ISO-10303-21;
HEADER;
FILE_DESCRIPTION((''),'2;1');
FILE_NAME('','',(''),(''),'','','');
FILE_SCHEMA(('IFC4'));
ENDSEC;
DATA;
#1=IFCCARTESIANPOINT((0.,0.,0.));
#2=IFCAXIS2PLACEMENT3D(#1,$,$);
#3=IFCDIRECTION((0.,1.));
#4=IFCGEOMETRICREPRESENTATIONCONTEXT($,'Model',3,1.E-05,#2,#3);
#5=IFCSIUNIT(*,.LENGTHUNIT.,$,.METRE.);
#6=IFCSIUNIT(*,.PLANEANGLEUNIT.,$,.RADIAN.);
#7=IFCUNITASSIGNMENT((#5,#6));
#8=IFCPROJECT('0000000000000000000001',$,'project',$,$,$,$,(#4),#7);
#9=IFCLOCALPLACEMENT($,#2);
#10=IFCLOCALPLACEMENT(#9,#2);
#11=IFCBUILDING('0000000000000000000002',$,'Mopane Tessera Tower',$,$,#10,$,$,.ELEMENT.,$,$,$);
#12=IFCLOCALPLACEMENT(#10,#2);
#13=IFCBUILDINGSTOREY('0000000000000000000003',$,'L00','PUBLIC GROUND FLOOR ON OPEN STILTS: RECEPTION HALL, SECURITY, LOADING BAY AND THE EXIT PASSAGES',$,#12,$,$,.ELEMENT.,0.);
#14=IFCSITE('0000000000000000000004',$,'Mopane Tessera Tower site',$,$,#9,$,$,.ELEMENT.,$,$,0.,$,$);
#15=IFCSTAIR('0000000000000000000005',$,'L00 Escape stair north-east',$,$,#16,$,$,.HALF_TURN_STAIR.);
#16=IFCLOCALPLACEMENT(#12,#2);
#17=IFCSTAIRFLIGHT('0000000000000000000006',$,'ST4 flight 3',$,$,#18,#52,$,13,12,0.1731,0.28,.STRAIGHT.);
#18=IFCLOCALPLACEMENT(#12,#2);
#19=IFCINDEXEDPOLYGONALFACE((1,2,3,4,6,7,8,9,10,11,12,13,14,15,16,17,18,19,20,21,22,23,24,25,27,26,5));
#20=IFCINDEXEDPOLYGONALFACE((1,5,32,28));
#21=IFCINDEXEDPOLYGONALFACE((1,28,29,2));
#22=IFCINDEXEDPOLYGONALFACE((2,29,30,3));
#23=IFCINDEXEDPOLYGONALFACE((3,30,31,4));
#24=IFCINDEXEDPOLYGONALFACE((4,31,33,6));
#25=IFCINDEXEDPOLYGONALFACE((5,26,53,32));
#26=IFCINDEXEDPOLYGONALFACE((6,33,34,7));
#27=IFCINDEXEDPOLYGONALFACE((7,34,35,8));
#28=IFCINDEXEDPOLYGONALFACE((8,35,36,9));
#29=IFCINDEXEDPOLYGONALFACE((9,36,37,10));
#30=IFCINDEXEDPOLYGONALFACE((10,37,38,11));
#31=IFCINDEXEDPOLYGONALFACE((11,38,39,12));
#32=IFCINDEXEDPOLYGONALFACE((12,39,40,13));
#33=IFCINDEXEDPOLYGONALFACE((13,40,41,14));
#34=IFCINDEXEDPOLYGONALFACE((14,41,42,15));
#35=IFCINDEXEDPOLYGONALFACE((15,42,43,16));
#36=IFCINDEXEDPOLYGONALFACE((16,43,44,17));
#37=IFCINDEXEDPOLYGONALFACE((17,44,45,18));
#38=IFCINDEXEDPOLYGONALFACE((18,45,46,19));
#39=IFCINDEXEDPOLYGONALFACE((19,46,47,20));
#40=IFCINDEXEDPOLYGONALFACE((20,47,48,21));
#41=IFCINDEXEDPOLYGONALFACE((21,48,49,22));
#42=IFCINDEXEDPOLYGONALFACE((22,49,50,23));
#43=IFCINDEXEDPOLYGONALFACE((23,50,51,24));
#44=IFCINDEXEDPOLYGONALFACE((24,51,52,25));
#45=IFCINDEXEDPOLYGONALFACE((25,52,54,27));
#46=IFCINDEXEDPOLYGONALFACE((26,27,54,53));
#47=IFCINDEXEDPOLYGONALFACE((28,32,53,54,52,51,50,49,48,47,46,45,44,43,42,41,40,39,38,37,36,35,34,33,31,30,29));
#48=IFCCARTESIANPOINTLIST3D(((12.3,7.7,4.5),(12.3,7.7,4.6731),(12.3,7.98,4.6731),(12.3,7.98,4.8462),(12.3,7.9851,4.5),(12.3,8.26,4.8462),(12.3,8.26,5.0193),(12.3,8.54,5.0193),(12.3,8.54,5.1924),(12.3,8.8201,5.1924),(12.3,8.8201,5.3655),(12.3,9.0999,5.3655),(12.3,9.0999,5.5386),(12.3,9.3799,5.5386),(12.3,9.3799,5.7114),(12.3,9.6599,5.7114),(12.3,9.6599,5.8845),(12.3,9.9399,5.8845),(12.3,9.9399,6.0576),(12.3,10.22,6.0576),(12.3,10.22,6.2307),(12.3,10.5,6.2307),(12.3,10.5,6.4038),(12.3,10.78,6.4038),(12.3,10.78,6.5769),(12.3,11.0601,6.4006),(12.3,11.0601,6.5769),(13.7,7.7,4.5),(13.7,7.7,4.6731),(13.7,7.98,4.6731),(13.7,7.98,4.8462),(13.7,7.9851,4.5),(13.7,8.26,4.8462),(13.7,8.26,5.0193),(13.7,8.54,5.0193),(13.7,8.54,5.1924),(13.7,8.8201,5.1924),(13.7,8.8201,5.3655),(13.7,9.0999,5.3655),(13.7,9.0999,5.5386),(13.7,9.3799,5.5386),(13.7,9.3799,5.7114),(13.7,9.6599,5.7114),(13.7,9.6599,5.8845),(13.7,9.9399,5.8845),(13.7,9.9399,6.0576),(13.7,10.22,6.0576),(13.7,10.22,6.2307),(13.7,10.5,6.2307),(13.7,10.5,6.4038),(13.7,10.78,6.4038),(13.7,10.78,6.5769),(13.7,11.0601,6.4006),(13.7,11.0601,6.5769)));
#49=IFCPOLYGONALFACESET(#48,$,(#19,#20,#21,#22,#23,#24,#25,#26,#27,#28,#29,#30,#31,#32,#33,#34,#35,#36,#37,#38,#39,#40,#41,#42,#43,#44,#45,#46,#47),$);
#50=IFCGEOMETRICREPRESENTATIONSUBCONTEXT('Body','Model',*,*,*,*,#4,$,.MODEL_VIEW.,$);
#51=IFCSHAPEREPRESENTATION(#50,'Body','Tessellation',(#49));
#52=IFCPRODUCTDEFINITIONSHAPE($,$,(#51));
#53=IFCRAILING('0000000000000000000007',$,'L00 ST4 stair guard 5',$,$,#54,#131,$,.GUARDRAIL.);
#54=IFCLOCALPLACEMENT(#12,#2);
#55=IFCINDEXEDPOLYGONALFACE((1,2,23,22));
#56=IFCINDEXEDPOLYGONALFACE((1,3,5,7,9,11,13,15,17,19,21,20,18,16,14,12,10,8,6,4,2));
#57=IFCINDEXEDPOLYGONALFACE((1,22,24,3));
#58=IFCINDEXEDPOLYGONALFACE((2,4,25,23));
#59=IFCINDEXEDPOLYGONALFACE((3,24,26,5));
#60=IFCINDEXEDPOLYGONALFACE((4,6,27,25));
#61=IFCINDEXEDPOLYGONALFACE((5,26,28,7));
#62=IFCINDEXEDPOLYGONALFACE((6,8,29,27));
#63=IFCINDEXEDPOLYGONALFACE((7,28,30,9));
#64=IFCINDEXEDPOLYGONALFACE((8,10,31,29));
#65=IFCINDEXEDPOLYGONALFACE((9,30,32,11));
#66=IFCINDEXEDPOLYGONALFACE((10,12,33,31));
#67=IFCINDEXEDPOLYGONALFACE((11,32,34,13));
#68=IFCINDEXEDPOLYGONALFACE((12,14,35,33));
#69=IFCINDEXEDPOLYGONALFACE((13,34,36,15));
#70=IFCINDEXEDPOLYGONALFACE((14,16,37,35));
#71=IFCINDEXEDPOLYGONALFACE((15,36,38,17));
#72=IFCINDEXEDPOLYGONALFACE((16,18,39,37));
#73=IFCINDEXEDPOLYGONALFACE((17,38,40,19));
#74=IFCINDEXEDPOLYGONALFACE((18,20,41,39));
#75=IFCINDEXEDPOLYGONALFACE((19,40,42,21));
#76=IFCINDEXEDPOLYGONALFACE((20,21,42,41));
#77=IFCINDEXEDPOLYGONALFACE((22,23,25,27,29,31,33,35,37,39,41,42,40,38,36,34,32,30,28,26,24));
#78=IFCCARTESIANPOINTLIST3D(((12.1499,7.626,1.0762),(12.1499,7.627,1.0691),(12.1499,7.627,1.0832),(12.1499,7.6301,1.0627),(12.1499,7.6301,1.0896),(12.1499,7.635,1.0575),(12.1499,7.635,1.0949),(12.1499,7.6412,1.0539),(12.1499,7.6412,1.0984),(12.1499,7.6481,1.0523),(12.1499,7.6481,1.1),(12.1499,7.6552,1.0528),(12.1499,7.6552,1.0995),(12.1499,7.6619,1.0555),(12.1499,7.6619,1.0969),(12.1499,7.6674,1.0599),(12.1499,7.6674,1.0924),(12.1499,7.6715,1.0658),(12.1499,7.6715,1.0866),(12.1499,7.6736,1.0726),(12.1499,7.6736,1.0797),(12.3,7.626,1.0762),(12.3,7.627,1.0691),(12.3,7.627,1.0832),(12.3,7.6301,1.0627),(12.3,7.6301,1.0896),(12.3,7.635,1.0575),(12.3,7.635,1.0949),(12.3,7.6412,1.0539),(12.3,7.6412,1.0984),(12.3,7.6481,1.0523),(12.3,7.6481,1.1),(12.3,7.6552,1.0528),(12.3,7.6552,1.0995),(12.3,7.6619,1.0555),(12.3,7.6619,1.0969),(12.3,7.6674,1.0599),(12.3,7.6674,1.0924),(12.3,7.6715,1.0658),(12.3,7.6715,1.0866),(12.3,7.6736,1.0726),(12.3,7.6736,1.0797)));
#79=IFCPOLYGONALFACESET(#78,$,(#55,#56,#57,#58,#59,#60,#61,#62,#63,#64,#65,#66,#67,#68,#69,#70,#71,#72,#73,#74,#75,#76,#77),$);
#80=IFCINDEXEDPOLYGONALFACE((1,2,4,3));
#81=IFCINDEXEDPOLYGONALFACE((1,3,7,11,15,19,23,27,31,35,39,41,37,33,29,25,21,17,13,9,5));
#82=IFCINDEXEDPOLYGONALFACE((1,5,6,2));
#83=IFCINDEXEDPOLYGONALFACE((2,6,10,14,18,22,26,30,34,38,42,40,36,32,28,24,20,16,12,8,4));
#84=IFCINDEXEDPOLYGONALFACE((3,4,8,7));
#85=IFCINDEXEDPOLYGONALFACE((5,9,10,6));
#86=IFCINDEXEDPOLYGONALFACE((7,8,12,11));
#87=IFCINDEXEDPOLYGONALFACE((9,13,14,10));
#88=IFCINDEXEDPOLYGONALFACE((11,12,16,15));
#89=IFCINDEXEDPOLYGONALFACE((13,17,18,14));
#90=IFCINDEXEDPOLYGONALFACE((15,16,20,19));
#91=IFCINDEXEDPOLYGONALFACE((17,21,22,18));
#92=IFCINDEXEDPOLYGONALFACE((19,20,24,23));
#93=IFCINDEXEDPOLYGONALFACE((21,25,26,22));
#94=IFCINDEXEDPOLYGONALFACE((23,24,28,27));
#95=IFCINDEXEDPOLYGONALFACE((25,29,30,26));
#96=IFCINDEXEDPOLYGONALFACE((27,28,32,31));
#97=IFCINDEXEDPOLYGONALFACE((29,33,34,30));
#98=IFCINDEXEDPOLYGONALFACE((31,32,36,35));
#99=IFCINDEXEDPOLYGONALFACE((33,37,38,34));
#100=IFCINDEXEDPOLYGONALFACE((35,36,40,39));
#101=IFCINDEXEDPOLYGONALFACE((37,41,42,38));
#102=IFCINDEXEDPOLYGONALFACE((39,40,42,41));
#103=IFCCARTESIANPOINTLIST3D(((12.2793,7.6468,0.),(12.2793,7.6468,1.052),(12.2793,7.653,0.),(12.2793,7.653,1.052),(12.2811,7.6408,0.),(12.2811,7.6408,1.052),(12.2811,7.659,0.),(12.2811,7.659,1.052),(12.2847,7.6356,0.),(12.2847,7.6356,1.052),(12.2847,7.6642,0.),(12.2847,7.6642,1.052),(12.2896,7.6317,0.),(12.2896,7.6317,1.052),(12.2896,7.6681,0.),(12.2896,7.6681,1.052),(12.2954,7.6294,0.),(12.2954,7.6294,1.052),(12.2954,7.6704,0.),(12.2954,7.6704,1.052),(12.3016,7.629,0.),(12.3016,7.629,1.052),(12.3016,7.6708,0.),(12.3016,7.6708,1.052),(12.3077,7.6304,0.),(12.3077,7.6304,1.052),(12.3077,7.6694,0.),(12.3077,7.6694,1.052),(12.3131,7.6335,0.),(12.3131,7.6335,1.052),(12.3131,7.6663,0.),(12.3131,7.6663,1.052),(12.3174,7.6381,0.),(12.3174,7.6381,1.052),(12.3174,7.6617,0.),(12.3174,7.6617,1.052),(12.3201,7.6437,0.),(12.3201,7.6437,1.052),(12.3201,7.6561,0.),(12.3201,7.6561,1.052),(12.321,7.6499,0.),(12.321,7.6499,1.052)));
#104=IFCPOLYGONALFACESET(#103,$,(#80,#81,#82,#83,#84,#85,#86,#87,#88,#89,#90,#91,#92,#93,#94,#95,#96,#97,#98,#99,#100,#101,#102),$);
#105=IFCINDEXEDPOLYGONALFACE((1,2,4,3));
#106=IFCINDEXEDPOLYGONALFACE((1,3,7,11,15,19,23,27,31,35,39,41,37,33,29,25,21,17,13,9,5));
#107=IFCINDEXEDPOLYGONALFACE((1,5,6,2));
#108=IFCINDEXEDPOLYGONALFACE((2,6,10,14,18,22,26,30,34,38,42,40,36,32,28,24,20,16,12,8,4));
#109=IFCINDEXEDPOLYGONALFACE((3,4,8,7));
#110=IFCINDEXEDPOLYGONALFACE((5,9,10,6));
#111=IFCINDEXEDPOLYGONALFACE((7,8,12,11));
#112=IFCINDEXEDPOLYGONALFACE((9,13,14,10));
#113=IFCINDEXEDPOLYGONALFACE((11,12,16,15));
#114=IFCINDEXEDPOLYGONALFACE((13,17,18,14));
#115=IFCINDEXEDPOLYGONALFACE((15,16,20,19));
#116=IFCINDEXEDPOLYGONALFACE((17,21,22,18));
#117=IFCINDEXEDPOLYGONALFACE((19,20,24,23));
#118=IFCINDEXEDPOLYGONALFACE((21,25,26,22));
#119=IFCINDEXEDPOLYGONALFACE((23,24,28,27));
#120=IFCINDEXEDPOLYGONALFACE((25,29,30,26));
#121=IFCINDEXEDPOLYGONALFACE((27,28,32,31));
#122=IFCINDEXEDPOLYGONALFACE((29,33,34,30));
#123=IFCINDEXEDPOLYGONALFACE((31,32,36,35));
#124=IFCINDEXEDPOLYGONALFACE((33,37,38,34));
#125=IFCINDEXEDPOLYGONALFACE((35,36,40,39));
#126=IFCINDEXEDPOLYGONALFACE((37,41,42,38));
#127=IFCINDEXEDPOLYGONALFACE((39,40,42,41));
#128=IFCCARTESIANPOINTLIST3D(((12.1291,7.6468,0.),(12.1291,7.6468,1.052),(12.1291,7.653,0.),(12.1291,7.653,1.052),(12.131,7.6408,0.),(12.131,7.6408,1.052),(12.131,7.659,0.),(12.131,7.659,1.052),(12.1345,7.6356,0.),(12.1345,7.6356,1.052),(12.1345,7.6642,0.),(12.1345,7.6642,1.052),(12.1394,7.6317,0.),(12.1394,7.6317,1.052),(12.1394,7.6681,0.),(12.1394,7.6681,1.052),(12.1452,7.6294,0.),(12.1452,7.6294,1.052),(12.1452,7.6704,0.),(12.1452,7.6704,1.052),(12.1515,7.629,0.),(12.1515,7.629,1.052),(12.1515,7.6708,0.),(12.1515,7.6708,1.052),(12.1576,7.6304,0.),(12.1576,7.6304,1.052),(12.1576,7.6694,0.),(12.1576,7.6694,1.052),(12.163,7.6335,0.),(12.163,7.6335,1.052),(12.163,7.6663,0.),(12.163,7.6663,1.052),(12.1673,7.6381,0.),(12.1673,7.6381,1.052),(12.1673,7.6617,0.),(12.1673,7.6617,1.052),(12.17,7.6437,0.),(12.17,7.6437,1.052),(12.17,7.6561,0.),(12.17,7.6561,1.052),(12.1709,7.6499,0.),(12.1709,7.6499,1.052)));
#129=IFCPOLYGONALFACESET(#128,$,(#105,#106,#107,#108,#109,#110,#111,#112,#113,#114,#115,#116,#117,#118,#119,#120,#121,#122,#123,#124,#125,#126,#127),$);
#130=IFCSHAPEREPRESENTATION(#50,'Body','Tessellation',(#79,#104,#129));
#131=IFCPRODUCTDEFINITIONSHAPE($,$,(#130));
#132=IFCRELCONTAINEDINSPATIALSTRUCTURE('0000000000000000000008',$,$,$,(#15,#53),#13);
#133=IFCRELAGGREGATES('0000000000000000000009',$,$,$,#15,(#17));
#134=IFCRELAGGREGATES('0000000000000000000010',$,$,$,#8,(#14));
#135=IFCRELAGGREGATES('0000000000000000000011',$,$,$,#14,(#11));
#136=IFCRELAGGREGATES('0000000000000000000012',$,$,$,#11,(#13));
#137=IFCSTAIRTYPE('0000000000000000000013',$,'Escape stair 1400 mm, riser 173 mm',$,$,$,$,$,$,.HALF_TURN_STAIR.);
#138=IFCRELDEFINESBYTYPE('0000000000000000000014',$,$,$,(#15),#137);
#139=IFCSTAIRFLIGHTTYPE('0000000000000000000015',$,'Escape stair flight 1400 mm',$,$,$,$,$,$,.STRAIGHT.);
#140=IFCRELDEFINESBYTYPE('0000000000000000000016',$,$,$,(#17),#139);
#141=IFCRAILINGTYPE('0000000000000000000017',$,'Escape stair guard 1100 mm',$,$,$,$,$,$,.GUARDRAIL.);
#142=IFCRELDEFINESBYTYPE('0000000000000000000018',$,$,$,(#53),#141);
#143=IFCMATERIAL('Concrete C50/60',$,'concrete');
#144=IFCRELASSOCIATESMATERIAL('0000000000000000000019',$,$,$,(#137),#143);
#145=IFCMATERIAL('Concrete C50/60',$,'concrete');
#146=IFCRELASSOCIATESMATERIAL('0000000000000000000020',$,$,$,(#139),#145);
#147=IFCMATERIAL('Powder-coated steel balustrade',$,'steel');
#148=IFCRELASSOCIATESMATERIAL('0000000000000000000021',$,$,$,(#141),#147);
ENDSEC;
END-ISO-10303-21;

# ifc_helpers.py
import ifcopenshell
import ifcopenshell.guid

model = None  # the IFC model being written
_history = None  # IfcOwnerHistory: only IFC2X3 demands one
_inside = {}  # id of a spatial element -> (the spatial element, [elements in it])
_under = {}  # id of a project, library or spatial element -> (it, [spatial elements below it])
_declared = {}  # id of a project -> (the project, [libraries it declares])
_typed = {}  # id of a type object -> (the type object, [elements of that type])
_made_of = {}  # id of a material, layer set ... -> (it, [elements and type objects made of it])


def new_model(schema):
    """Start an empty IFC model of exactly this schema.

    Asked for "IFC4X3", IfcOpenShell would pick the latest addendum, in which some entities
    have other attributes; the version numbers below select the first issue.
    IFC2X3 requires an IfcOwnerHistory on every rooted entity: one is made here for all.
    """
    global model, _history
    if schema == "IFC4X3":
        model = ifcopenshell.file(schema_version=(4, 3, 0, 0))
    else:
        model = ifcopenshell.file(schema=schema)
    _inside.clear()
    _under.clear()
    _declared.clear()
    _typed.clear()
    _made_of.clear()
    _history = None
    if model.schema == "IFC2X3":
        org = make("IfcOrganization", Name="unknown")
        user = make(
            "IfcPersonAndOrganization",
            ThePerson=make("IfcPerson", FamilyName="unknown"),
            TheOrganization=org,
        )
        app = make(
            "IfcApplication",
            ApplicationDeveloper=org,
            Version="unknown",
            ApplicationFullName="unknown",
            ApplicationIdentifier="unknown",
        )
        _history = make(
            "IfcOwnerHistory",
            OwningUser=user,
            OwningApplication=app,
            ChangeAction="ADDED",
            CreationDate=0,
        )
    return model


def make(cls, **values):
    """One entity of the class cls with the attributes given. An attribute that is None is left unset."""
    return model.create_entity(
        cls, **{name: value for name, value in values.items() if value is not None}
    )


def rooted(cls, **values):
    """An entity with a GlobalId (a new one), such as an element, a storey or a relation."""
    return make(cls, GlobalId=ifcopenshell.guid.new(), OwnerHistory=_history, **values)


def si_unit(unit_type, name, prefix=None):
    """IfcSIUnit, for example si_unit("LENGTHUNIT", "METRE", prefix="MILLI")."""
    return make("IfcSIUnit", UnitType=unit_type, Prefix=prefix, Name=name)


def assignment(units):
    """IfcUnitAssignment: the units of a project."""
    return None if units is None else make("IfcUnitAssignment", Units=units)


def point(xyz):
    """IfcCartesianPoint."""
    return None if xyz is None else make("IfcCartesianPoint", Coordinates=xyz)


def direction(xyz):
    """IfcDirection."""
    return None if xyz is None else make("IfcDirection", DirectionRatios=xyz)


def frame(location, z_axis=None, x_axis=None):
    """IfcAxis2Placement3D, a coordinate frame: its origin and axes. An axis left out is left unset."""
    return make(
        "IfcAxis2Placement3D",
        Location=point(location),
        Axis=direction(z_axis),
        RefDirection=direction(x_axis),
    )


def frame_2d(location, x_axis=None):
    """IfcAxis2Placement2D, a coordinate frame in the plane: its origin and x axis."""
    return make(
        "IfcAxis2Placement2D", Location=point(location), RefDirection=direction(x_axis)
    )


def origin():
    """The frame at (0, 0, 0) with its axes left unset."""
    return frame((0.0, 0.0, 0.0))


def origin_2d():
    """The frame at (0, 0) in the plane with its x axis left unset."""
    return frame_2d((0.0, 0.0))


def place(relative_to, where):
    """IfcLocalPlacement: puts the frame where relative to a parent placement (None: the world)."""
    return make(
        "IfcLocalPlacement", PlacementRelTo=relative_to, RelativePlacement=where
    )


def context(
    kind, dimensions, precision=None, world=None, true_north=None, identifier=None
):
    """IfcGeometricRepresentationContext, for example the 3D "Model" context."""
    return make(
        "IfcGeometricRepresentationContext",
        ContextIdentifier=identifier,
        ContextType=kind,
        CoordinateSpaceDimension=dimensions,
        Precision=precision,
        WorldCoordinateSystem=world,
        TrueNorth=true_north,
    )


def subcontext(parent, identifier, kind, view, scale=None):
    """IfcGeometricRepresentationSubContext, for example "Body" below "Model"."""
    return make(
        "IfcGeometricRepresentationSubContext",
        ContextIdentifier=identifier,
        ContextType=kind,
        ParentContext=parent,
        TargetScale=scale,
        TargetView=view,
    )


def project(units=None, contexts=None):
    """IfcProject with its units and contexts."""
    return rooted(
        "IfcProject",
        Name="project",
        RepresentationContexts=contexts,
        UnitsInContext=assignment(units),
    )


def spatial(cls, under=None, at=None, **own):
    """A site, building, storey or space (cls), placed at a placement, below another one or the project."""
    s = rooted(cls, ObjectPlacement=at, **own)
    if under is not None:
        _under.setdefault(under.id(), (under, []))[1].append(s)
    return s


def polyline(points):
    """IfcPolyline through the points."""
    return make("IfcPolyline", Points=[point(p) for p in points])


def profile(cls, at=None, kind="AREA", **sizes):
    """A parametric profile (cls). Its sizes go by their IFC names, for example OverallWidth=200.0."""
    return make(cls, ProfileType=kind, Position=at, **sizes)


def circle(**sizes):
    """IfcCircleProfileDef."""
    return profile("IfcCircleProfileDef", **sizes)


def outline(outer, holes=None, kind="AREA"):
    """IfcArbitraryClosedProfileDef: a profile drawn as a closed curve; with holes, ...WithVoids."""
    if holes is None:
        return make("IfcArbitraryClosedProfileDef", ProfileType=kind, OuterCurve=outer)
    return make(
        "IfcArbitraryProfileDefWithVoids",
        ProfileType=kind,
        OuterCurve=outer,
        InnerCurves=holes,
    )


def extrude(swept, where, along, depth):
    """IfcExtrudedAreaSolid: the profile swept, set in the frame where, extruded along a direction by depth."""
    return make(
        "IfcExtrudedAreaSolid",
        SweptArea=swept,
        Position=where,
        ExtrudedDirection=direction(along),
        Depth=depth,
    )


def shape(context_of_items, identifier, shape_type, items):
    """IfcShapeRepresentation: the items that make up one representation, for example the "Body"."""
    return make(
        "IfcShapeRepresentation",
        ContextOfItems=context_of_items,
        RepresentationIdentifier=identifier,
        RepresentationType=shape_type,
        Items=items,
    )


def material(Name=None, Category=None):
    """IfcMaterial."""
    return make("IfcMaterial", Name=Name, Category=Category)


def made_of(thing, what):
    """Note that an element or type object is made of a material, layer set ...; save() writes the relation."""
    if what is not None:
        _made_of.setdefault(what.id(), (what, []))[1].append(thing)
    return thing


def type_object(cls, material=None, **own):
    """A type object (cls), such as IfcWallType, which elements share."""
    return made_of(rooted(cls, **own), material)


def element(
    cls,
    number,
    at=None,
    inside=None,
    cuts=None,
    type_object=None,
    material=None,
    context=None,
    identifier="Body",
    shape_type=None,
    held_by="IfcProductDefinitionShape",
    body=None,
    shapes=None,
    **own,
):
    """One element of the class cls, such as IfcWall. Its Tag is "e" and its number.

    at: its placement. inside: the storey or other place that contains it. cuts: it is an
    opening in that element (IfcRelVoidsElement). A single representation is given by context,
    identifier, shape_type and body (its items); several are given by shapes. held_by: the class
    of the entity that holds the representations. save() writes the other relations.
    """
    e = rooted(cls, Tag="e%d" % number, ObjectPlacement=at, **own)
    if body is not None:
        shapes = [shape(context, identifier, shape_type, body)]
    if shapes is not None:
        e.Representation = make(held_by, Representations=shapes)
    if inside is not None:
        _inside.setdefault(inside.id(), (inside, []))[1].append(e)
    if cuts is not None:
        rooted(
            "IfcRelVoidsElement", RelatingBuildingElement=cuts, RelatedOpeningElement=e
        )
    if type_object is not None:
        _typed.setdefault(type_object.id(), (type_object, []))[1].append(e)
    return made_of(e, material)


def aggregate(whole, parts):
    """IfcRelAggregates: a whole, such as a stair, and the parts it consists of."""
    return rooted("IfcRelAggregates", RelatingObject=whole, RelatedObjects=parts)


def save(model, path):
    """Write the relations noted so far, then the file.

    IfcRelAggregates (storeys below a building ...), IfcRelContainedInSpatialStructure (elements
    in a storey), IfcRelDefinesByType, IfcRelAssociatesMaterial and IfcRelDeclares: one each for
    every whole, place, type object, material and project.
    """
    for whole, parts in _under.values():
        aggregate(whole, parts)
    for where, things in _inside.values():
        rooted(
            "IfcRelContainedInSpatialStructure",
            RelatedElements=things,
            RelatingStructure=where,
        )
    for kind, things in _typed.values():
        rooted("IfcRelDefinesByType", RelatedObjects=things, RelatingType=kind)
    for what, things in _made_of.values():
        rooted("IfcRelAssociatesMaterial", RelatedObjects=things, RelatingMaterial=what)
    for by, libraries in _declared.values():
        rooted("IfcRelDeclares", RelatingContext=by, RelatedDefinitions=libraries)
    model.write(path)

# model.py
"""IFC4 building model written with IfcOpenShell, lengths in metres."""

from ifc_helpers import new_model, si_unit, direction, frame, origin, origin_2d, place, context, subcontext, project, spatial, polyline, circle, outline, extrude, material, type_object, element, aggregate, save


model = new_model("IFC4")

# Units and contexts
model_context = context("Model", 3, precision=1e-05, world=origin(), true_north=direction((0.0, 1.0)))
body_context = subcontext(model_context, "Body", "Model", "MODEL_VIEW")
ifc_project = project(units=[si_unit("LENGTHUNIT", "METRE"), si_unit("PLANEANGLEUNIT", "RADIAN")], contexts=[model_context])

# Site, building, storey
site_placement = place(None, origin())
site = spatial("IfcSite", under=ifc_project, at=site_placement, Name="Mopane Tessera Tower site", CompositionType="ELEMENT", RefElevation=0.0)
building_placement = place(site_placement, origin())
building = spatial("IfcBuilding", under=site, at=building_placement, Name="Mopane Tessera Tower", CompositionType="ELEMENT")
storey_placement = place(building_placement, origin())
storey = spatial("IfcBuildingStorey", under=building, at=storey_placement, Name="L00", Description="PUBLIC GROUND FLOOR ON OPEN STILTS: RECEPTION HALL, SECURITY, LOADING BAY AND THE EXIT PASSAGES", CompositionType="ELEMENT", Elevation=0.0)

# Stair, stair flight
ifc_material_1 = material(Name="Concrete C50/60", Category="concrete")
stair_type = type_object("IfcStairType", Name="Escape stair 1400 mm, riser 173 mm", PredefinedType="HALF_TURN_STAIR", material=ifc_material_1)
stair_placement = place(storey_placement, origin())
stair = element("IfcStair", 1, at=stair_placement, inside=storey, type_object=stair_type, Name="L00 Escape stair north-east", PredefinedType="HALF_TURN_STAIR")
ifc_material_2 = material(Name="Concrete C50/60", Category="concrete")
stair_flight_type = type_object("IfcStairFlightType", Name="Escape stair flight 1400 mm", PredefinedType="STRAIGHT", material=ifc_material_2)
stair_flight_1_placement = place(storey_placement, frame((13.0, 7.7, 4.5), z_axis=(0.0, 0.0, 1.0), x_axis=(0.0, 1.0, 0.0)))
stair_flight_1 = element("IfcStairFlight", 2, at=stair_flight_1_placement, type_object=stair_flight_type, Name="ST4 flight 3", NumberOfRisers=13, NumberOfTreads=12, PredefinedType="STRAIGHT", RiserHeight=0.1731, TreadLength=0.28, context=body_context, shape_type="SweptSolid", body=[
    extrude(outline(polyline([(0.0, 0.0), (0.0, 0.1731), (0.28, 0.1731), (0.28, 0.3462), (0.5601, 0.3462), (0.5601, 0.5193), (0.8401, 0.5193), (0.8401, 0.6924), (1.1201, 0.6924), (1.1201, 0.8655), (1.3999, 0.8655), (1.3999, 1.0386), (1.6799, 1.0386), (1.6799, 1.2114), (1.96, 1.2114), (1.96, 1.3845), (2.24, 1.3845), (2.24, 1.5576), (2.52, 1.5576), (2.52, 1.7307), (2.8, 1.7307), (2.8, 1.9038), (3.0801, 1.9038), (3.0801, 2.0769), (3.3601, 2.0769), (3.3601, 2.25), (3.3601, 1.9006), (0.2852, 0.0), (0.0, 0.0)])), frame((0.0, 0.7, 0.0), z_axis=(0.0, -1.0, 0.0), x_axis=(1.0, 0.0, 0.0)), (0.0, 0.0, 1.0), 1.3999),
])
aggregate(stair, [stair_flight_1])

# Railing
ifc_material_3 = material(Name="Powder-coated steel balustrade", Category="steel")
railing_type_1 = type_object("IfcRailingType", Name="Escape stair guard 1100 mm", PredefinedType="GUARDRAIL", material=ifc_material_3)
railing_placement = place(storey_placement, frame((12.3, 7.6499, 0.0)))
element("IfcRailing", 3, at=railing_placement, inside=storey, type_object=railing_type_1, Name="L00 ST4 stair guard 5", PredefinedType="GUARDRAIL", context=body_context, shape_type="SweptSolid", body=[
    extrude(circle(Radius=0.0239, at=origin_2d()), frame((0.0, 0.0, 1.0762), z_axis=(-1.0, 0.0, 0.0), x_axis=(0.0, -1.0, 0.0)), (0.0, 0.0, 1.0), 0.1501),
    extrude(circle(Radius=0.021, at=origin_2d()), origin(), (0.0, 0.0, 1.0), 1.052),
    extrude(circle(Radius=0.021, at=origin_2d()), frame((-0.1501, 0.0, 0.0)), (0.0, 0.0, 1.0), 1.052),
])

save(model, "model.ifc")
